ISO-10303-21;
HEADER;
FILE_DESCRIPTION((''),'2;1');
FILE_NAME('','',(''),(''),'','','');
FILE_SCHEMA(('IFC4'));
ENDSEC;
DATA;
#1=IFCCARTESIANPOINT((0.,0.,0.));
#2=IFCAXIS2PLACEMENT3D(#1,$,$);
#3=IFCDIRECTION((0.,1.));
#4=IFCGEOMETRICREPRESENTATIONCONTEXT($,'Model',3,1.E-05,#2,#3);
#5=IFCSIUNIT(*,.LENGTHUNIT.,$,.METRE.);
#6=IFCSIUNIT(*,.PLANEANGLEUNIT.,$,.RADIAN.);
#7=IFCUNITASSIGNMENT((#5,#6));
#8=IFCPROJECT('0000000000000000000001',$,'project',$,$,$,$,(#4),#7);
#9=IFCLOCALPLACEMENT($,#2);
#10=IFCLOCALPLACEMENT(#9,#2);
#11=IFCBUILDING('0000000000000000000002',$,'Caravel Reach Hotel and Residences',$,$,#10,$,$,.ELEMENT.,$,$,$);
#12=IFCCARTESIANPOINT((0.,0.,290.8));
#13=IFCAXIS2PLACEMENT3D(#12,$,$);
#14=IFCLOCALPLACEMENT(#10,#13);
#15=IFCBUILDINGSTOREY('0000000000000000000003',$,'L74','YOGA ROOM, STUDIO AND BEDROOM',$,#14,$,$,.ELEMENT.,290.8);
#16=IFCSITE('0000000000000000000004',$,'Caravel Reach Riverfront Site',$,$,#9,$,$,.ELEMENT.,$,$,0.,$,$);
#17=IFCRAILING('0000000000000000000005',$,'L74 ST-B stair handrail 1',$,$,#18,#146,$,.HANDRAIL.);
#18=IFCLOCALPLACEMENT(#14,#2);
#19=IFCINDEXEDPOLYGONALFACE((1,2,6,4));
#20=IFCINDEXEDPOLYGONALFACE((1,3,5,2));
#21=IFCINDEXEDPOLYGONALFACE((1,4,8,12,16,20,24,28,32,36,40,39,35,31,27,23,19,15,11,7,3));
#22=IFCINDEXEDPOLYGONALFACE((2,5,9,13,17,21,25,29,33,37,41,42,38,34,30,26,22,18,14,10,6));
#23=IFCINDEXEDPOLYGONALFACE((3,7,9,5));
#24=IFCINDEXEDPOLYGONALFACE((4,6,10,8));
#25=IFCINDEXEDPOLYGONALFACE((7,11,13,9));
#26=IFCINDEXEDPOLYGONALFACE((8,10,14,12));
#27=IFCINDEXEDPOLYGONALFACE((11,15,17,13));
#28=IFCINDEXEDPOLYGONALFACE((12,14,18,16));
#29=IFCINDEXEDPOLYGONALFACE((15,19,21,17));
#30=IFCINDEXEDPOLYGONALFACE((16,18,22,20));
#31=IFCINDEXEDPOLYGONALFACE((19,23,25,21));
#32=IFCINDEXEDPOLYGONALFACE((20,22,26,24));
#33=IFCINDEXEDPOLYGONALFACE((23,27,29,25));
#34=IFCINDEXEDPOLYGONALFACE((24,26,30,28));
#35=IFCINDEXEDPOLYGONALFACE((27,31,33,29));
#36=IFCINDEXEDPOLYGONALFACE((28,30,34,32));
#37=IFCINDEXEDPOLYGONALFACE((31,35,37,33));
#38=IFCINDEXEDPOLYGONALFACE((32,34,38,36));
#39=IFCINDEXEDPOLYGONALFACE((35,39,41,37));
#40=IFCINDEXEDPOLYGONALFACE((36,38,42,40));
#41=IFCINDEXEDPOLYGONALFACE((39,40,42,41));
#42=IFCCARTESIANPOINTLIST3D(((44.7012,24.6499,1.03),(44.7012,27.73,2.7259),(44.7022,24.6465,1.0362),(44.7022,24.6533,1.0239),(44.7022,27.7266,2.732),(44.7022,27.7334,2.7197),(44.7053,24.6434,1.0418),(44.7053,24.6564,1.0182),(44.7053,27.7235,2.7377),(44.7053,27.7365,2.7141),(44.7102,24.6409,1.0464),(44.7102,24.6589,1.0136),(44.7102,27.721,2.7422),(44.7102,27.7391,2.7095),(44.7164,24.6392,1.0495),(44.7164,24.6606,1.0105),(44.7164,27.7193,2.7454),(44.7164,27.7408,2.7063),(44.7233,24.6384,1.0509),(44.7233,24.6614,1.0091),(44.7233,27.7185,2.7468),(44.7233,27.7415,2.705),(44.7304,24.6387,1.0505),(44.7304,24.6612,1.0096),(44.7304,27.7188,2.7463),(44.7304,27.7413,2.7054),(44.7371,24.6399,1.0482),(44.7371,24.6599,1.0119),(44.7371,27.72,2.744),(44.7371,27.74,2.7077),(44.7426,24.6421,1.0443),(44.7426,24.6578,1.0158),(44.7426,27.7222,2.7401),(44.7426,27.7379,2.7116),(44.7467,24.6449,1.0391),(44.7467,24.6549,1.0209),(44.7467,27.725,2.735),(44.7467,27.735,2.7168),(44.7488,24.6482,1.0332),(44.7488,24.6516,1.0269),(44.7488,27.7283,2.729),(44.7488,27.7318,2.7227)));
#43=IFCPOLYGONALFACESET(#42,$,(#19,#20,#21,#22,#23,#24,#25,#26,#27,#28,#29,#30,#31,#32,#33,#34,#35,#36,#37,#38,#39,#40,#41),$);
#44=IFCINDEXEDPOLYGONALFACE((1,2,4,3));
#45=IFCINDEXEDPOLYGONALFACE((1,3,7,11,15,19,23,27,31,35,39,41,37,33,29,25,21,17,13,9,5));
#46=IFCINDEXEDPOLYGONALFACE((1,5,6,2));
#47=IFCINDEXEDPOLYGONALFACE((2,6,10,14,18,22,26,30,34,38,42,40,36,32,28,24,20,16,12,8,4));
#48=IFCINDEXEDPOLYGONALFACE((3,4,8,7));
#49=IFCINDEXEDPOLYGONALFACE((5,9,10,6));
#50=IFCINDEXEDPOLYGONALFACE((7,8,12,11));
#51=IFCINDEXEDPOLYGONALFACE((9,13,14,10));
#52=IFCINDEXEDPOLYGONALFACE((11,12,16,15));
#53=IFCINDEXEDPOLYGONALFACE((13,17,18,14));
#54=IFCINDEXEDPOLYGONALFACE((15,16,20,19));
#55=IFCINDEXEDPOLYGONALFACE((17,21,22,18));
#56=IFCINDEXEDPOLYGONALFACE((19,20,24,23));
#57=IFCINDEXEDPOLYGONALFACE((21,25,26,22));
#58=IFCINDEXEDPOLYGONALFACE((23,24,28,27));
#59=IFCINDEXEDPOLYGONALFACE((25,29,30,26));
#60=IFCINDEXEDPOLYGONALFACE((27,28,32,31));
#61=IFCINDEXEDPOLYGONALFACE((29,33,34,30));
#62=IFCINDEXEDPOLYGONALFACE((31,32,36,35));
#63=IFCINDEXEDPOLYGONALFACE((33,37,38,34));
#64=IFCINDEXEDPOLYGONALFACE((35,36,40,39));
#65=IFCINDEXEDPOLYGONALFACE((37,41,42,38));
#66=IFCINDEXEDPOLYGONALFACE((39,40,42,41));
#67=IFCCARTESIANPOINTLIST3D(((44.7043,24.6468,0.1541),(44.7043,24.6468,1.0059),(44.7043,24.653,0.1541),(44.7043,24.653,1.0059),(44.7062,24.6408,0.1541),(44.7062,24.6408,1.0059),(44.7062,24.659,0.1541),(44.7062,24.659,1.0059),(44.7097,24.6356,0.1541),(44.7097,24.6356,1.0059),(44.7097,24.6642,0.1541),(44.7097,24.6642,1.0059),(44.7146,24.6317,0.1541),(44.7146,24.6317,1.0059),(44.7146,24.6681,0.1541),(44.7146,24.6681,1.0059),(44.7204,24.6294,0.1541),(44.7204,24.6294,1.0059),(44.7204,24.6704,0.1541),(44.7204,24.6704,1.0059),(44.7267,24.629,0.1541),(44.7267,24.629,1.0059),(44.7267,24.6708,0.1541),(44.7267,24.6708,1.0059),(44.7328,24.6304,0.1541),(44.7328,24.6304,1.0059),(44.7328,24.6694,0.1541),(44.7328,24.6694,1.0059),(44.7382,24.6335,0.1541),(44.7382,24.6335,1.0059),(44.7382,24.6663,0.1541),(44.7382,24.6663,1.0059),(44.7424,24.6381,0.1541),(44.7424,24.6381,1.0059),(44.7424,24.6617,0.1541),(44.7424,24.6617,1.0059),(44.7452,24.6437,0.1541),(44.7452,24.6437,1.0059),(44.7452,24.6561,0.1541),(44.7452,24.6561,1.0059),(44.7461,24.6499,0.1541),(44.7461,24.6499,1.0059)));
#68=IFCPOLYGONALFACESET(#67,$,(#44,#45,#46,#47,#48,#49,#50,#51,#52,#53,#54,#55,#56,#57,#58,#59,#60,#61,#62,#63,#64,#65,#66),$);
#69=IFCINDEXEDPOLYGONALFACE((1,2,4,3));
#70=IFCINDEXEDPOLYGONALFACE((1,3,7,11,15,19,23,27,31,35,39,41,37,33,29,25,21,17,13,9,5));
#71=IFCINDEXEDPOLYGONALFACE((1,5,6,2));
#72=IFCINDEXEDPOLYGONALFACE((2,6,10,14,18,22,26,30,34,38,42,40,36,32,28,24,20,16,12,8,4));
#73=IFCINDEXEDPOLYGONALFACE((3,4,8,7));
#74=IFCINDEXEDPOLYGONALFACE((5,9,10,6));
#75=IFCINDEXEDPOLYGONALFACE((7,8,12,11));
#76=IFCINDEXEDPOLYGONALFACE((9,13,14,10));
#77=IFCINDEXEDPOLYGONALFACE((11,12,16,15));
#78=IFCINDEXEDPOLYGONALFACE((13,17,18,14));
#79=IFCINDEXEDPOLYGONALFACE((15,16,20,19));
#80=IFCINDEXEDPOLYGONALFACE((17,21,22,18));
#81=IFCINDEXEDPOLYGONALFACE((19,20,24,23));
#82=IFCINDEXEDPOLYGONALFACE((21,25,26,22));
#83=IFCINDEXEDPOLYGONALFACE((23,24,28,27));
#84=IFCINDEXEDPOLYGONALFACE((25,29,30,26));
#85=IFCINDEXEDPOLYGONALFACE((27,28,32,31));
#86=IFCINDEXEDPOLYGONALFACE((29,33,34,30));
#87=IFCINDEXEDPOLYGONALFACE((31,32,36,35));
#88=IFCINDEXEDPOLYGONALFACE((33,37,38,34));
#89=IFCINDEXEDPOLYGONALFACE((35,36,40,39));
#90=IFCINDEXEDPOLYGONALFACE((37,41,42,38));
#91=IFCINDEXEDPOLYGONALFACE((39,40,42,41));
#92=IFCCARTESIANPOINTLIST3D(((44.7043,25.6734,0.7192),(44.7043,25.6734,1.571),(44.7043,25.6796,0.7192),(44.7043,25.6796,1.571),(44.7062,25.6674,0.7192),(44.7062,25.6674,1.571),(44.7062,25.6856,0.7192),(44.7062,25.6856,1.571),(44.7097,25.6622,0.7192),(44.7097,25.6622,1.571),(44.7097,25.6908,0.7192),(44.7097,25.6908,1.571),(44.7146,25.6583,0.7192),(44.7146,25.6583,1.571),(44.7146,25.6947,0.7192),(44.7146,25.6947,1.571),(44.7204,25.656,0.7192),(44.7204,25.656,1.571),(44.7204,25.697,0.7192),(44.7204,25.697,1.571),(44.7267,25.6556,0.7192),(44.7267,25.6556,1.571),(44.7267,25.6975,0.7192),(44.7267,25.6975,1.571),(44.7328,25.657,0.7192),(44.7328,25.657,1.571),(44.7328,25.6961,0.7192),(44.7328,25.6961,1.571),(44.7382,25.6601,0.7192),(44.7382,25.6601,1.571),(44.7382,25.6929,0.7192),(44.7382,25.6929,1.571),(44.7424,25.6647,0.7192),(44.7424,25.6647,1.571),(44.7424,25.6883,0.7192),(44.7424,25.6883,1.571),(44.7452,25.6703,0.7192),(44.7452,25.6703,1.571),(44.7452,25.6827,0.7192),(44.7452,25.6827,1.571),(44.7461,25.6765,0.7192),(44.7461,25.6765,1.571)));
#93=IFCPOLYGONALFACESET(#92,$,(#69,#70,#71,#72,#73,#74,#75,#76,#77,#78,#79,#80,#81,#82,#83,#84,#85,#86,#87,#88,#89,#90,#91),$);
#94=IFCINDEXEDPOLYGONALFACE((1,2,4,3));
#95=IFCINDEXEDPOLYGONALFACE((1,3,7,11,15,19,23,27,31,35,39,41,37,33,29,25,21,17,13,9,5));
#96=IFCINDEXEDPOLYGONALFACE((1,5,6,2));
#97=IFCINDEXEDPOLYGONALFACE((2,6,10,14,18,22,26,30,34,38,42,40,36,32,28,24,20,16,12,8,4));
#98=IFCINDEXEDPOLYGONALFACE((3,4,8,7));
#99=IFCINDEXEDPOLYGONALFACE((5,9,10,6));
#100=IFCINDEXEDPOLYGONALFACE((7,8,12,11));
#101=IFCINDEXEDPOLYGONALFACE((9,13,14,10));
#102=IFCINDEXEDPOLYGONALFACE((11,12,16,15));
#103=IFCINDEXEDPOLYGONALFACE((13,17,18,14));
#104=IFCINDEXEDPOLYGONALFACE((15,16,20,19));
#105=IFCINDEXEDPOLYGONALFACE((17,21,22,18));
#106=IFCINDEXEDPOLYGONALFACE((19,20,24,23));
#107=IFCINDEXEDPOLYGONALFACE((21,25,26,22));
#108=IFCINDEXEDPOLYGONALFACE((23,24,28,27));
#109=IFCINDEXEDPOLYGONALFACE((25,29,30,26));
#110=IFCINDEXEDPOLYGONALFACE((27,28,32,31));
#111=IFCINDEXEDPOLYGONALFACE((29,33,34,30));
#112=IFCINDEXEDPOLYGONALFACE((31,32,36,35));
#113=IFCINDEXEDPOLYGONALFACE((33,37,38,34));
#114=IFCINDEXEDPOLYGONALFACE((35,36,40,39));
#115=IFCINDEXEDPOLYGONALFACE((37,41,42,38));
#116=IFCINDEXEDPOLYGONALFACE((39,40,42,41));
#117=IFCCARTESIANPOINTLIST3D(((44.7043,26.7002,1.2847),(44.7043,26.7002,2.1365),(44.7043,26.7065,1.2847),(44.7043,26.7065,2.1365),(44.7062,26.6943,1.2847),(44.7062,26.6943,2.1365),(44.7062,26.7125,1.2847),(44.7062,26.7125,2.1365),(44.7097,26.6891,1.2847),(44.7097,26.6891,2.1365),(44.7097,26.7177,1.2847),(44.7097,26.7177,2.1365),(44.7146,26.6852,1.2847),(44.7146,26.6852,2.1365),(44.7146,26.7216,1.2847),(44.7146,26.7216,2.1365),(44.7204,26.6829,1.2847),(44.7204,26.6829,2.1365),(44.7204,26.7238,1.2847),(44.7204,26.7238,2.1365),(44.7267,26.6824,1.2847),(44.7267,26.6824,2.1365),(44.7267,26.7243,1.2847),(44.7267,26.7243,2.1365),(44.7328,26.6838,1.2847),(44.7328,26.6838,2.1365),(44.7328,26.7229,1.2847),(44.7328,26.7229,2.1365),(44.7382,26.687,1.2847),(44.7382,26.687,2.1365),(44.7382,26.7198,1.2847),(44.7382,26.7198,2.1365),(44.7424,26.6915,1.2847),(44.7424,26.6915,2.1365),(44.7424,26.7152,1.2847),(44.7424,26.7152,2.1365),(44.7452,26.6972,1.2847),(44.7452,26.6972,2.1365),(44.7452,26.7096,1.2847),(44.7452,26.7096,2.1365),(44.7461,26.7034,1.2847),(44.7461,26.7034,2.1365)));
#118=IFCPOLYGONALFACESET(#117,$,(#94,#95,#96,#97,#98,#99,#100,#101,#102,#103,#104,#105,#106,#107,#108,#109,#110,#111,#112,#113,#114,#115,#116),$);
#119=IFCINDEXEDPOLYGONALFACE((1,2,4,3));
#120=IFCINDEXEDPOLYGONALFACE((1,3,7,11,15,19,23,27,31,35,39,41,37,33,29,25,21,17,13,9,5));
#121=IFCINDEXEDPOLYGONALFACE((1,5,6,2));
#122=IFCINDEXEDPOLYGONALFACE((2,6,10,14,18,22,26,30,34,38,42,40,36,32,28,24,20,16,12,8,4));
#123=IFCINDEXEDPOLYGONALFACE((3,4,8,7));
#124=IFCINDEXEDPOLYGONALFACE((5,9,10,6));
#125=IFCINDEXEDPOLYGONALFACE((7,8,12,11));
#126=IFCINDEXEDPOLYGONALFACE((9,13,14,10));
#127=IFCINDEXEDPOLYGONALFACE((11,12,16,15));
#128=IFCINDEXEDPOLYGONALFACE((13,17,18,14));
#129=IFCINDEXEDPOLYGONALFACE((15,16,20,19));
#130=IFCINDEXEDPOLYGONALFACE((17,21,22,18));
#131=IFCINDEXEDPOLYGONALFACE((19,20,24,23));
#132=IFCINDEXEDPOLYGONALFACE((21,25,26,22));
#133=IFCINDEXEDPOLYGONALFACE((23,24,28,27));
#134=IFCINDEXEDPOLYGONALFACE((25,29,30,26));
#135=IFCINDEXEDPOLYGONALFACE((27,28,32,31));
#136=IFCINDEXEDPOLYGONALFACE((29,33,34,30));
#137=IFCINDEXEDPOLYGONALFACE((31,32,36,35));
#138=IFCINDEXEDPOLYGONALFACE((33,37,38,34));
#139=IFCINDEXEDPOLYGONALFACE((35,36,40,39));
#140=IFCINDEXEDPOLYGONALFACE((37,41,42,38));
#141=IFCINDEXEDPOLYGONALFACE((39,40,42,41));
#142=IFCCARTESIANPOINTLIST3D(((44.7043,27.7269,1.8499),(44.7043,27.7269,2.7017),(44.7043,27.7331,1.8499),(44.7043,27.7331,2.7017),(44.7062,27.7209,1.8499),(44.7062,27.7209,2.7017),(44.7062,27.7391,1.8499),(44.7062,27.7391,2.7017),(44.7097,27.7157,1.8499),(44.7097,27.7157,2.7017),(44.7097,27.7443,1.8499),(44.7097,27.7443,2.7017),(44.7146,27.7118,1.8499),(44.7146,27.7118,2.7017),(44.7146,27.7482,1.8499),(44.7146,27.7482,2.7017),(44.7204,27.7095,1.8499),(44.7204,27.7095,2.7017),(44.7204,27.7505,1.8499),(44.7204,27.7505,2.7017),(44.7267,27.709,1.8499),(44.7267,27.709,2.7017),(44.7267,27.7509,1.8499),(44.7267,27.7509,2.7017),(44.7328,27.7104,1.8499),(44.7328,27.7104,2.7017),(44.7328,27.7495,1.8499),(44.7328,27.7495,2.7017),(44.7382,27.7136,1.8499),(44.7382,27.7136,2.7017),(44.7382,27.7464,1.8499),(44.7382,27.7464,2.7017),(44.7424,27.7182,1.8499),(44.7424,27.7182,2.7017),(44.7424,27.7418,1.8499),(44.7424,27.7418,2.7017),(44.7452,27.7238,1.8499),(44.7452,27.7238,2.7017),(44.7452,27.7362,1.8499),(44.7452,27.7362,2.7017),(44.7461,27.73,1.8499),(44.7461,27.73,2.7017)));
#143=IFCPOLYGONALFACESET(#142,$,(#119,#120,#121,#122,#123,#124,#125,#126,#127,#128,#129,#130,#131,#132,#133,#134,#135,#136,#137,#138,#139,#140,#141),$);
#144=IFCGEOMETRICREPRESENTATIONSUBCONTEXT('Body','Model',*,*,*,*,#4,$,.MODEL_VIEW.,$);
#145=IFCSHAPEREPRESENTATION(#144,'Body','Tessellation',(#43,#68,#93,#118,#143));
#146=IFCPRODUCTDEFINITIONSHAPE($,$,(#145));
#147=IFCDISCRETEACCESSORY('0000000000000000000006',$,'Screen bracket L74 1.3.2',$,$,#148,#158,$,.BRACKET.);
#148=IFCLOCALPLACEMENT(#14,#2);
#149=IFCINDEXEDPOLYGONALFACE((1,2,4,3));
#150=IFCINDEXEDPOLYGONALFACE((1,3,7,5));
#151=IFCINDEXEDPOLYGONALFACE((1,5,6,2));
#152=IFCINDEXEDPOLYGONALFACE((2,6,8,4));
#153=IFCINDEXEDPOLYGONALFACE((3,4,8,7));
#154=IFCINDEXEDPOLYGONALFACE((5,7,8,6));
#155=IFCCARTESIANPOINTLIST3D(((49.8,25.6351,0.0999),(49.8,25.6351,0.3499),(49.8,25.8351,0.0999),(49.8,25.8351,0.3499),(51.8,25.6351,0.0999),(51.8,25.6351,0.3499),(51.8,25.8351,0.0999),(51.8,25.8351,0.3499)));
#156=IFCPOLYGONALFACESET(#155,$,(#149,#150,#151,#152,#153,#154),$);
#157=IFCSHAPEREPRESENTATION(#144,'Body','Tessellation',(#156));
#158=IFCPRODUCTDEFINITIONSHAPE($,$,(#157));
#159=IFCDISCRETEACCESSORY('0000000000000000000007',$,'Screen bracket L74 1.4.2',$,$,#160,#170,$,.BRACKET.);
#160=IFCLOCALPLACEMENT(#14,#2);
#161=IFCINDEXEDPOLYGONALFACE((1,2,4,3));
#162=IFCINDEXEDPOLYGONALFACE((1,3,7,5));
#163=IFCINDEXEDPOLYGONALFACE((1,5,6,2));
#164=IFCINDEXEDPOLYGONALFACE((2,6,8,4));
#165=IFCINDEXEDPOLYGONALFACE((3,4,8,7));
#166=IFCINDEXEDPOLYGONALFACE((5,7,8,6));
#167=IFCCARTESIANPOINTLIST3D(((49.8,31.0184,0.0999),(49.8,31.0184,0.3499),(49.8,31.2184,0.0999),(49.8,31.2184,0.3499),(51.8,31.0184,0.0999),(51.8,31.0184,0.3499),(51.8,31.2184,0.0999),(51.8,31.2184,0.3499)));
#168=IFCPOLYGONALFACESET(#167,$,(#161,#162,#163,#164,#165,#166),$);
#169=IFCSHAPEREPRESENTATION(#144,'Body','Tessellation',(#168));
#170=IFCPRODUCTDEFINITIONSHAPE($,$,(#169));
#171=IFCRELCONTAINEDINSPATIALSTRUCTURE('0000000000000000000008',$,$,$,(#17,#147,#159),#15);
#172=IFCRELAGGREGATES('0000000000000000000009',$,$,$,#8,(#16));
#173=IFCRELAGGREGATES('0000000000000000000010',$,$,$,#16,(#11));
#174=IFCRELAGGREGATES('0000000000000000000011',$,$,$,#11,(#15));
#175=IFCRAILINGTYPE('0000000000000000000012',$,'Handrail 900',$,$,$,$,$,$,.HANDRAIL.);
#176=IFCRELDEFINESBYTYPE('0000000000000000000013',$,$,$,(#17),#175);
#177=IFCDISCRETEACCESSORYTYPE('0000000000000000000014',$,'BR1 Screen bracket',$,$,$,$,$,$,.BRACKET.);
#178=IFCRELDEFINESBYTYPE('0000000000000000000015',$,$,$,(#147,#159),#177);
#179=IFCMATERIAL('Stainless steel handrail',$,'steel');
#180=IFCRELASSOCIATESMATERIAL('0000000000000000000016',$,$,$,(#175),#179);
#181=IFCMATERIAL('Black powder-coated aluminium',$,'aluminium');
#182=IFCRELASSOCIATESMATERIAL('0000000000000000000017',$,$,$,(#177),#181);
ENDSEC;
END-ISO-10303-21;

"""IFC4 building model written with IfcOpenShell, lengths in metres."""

from ifc_helpers import new_model, si_unit, direction, frame, origin, origin_2d, place, context, subcontext, project, spatial, rectangle, circle, extrude, material, type_object, element, save


model = new_model("IFC4")

# Units and contexts
model_context = context("Model", 3, precision=1e-05, world=origin(), true_north=direction((0.0, 1.0)))
body_context = subcontext(model_context, "Body", "Model", "MODEL_VIEW")
ifc_project = project(units=[si_unit("LENGTHUNIT", "METRE"), si_unit("PLANEANGLEUNIT", "RADIAN")], contexts=[model_context])

# Site, building, storey
site_placement = place(None, origin())
site = spatial("IfcSite", under=ifc_project, at=site_placement, Name="Caravel Reach Riverfront Site", CompositionType="ELEMENT", RefElevation=0.0)
building_placement = place(site_placement, origin())
building = spatial("IfcBuilding", under=site, at=building_placement, Name="Caravel Reach Hotel and Residences", CompositionType="ELEMENT")
storey_placement = place(building_placement, frame((0.0, 0.0, 290.8)))
storey = spatial("IfcBuildingStorey", under=building, at=storey_placement, Name="L74", Description="YOGA ROOM, STUDIO AND BEDROOM", CompositionType="ELEMENT", Elevation=290.8)

# Railing
ifc_material_1 = material(Name="Stainless steel handrail", Category="steel")
railing_type = type_object("IfcRailingType", Name="Handrail 900", PredefinedType="HANDRAIL", material=ifc_material_1)
railing_placement = place(storey_placement, frame((44.7251, 24.6499, 0.1541)))
element("IfcRailing", 1, at=railing_placement, inside=storey, type_object=railing_type, Name="L74 ST-B stair handrail 1", PredefinedType="HANDRAIL", context=body_context, shape_type="SweptSolid", body=[
    extrude(circle(Radius=0.0239, at=origin_2d()), frame((0.0, 0.0, 0.876), z_axis=(0.0, 0.876005, 0.482303), x_axis=(-1.0, 0.0, 0.0)), (0.0, 0.0, 1.0), 3.5161),
    extrude(circle(Radius=0.021, at=origin_2d()), origin(), (0.0, 0.0, 1.0), 0.8518),
    extrude(circle(Radius=0.021, at=origin_2d()), frame((0.0, 1.0266, 0.5652)), (0.0, 0.0, 1.0), 0.8518),
    extrude(circle(Radius=0.021, at=origin_2d()), frame((0.0, 2.0535, 1.1306)), (0.0, 0.0, 1.0), 0.8518),
    extrude(circle(Radius=0.021, at=origin_2d()), frame((0.0, 3.0801, 1.6958)), (0.0, 0.0, 1.0), 0.8518),
])

# Discrete accessories
ifc_material_2 = material(Name="Black powder-coated aluminium", Category="aluminium")
discrete_accessory_type = type_object("IfcDiscreteAccessoryType", Name="BR1 Screen bracket", PredefinedType="BRACKET", material=ifc_material_2)
for number, where, z_axis, x_axis, name in (
    (2, (50.8, 25.7351, 0.0999), (0.0, 0.0, 1.0), (1.0, 0.0, 0.0), "Screen bracket L74 1.3.2"),
    (3, (50.8, 31.1184, 0.0999), (0.0, 0.0, 1.0), (1.0, 0.0, 0.0), "Screen bracket L74 1.4.2"),
):
    element("IfcDiscreteAccessory", number, at=place(storey_placement, frame(where, z_axis=z_axis, x_axis=x_axis)), inside=storey, type_object=discrete_accessory_type, Name=name, PredefinedType="BRACKET", context=body_context, shape_type="SweptSolid", body=[
        extrude(rectangle(XDim=2.0, YDim=0.2, at=origin_2d()), origin(), (0.0, 0.0, 1.0), 0.25),
    ])

save(model, "model.ifc")
